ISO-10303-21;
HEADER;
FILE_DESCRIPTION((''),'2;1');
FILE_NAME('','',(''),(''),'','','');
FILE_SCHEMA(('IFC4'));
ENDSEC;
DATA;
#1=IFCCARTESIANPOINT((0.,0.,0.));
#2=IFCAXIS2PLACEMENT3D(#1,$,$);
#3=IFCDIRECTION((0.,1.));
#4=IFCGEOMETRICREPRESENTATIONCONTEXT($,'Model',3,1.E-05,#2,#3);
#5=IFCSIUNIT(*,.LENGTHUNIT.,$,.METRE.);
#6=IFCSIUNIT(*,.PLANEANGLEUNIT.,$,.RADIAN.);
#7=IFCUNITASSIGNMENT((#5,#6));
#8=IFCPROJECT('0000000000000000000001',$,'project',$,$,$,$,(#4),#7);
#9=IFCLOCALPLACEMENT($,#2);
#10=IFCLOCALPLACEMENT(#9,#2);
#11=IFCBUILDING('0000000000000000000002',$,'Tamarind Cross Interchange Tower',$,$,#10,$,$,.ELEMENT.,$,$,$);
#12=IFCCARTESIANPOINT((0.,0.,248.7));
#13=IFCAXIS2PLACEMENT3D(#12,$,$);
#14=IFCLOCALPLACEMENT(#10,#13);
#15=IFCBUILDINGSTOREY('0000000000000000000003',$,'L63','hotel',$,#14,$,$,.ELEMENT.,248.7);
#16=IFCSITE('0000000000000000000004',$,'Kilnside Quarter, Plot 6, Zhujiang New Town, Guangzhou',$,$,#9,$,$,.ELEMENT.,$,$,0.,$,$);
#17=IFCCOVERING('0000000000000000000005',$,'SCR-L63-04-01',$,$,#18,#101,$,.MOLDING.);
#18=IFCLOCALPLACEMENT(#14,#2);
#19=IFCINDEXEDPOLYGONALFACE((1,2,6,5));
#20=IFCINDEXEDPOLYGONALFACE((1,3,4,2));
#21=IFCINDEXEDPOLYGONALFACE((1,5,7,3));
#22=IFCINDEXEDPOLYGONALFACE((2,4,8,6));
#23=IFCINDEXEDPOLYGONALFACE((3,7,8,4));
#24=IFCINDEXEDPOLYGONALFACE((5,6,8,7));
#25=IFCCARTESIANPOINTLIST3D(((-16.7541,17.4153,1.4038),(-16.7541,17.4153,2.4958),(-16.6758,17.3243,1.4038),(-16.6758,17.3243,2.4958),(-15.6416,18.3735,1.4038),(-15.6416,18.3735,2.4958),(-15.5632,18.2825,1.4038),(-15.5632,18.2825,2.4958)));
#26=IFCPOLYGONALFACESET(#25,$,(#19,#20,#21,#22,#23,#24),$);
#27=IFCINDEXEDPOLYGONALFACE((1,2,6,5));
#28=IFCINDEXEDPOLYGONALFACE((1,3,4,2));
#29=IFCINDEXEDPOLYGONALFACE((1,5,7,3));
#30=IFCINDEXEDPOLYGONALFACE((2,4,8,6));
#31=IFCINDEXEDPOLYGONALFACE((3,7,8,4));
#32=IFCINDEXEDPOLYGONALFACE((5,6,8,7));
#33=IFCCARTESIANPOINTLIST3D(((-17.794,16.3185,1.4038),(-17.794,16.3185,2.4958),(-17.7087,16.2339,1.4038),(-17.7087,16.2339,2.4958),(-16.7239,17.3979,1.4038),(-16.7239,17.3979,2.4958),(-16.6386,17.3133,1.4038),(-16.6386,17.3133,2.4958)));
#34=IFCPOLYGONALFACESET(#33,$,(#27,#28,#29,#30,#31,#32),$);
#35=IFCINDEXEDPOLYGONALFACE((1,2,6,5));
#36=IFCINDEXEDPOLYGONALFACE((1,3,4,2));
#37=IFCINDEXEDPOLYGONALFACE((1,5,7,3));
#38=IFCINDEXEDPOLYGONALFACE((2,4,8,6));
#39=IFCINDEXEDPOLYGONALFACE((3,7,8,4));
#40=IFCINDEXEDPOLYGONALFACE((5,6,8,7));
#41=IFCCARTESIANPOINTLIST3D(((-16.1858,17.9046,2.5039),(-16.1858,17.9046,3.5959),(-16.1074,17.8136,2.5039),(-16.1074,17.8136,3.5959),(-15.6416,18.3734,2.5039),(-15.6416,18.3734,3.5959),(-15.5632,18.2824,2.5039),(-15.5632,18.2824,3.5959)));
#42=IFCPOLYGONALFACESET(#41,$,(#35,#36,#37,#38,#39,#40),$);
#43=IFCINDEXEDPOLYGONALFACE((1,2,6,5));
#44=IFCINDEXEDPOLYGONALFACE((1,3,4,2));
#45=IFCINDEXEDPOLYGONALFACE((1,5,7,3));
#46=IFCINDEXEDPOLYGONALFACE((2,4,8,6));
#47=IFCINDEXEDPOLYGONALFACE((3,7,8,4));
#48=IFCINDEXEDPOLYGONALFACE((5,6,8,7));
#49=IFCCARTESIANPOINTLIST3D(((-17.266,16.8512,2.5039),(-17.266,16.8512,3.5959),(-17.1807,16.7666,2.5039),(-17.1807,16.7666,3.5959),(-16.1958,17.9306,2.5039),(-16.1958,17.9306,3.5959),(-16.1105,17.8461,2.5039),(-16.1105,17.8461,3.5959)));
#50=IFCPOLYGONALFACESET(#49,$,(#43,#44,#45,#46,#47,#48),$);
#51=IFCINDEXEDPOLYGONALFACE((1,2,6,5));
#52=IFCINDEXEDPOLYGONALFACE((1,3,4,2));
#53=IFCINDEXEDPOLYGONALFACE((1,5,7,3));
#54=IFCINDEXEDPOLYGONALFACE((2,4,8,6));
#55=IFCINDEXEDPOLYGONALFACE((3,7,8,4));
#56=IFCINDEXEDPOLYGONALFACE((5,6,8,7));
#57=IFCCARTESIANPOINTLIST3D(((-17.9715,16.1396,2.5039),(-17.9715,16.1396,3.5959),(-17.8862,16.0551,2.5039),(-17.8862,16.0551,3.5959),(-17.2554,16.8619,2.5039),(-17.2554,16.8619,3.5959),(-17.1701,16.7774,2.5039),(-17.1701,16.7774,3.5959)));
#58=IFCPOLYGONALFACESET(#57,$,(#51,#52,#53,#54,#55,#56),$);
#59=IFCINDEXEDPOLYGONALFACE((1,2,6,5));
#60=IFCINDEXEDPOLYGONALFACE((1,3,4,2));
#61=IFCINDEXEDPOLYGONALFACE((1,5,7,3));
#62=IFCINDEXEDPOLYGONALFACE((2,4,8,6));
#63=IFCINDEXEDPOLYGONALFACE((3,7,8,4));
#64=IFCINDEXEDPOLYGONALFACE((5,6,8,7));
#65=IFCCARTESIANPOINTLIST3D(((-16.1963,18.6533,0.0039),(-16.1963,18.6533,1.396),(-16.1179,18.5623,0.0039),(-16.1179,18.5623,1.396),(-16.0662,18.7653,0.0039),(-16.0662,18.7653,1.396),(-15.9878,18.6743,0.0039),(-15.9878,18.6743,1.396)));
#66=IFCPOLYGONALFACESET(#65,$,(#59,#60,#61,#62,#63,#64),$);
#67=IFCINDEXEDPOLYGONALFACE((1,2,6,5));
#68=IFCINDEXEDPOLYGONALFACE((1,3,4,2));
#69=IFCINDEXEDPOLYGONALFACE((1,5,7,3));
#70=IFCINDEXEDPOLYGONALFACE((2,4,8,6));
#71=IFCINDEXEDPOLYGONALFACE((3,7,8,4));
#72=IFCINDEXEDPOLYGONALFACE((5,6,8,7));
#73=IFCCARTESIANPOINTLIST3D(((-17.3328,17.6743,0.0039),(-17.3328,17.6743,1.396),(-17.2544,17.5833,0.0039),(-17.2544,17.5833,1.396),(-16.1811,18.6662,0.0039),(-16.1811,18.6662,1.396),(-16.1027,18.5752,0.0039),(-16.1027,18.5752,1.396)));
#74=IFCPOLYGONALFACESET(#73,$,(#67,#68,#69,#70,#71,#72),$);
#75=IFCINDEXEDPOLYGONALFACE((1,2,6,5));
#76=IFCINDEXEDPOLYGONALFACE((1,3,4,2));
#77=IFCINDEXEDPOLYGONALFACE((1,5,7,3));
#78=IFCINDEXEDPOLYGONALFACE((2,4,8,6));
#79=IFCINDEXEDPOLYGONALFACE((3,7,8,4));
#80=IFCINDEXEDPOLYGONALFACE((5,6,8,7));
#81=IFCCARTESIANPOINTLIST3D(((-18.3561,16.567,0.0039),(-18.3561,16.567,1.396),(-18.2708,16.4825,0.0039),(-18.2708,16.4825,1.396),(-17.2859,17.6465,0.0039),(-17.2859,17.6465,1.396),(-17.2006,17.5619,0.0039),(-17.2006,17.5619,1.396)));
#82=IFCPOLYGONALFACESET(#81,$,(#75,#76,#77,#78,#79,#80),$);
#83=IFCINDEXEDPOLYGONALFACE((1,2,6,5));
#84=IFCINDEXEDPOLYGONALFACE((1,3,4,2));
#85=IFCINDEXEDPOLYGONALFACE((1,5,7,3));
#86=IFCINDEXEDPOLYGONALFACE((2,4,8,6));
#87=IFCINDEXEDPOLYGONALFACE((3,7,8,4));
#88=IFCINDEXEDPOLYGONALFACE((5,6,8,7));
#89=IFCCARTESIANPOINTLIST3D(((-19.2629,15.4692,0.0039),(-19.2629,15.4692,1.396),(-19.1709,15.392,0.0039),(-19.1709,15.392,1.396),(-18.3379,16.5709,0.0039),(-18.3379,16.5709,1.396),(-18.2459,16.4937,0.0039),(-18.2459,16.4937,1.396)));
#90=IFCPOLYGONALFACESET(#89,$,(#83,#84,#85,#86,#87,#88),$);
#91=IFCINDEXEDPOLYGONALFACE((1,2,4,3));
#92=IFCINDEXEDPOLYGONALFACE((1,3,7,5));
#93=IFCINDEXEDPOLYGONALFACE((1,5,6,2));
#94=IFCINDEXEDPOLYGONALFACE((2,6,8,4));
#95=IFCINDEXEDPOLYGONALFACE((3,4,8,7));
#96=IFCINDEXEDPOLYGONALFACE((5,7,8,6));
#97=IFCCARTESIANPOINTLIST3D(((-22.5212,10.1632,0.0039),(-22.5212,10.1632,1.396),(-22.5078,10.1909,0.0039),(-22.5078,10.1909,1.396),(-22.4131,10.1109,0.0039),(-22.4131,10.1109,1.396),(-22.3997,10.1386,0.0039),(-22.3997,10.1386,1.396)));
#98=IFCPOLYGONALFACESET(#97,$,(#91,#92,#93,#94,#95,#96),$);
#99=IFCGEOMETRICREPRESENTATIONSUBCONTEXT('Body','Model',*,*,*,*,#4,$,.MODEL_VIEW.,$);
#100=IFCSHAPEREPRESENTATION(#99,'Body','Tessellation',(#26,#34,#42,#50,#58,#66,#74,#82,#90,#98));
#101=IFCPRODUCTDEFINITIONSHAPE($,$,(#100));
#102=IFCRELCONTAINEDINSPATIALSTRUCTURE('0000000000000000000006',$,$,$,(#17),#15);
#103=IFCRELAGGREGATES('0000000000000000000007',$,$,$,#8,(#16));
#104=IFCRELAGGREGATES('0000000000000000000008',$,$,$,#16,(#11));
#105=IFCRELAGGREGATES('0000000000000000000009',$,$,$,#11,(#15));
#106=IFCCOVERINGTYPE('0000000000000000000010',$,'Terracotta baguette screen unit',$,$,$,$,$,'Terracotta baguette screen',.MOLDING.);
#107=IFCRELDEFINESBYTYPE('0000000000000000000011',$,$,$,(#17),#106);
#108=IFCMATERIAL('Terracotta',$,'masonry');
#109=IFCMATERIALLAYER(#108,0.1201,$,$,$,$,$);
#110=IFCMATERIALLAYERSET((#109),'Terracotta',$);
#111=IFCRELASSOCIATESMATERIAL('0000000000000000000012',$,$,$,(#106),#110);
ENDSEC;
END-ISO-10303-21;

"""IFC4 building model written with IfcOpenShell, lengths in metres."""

from ifc_helpers import new_model, si_unit, direction, frame, origin, origin_2d, place, context, subcontext, project, spatial, rectangle, extrude, material, layer, layer_set, type_object, element, save


model = new_model("IFC4")

# Units and contexts
model_context = context("Model", 3, precision=1e-05, world=origin(), true_north=direction((0.0, 1.0)))
body_context = subcontext(model_context, "Body", "Model", "MODEL_VIEW")
ifc_project = project(units=[si_unit("LENGTHUNIT", "METRE"), si_unit("PLANEANGLEUNIT", "RADIAN")], contexts=[model_context])

# Site, building, storey
site_placement = place(None, origin())
site = spatial("IfcSite", under=ifc_project, at=site_placement, Name="Kilnside Quarter, Plot 6, Zhujiang New Town, Guangzhou", CompositionType="ELEMENT", RefElevation=0.0)
building_placement = place(site_placement, origin())
building = spatial("IfcBuilding", under=site, at=building_placement, Name="Tamarind Cross Interchange Tower", CompositionType="ELEMENT")
storey_placement = place(building_placement, frame((0.0, 0.0, 248.7)))
storey = spatial("IfcBuildingStorey", under=building, at=storey_placement, Name="L63", Description="hotel", CompositionType="ELEMENT", Elevation=248.7)

# Covering
ifc_material_1 = material(Name="Terracotta", Category="masonry")
ifc_layer_1 = layer(ifc_material_1, 0.1201)
ifc_layer_set_1 = layer_set([ifc_layer_1], Name="Terracotta")
covering_type = type_object("IfcCoveringType", Name="Terracotta baguette screen unit", ElementType="Terracotta baguette screen", PredefinedType="MOLDING", material=ifc_layer_set_1)
covering_1_placement = place(storey_placement, origin())
element("IfcCovering", 1, at=covering_1_placement, inside=storey, type_object=covering_type, Name="SCR-L63-04-01", PredefinedType="MOLDING", context=body_context, shape_type="SweptSolid", body=[
    extrude(rectangle(XDim=1.4683, YDim=0.1201, at=origin_2d()), frame((-16.1587, 17.8489, 1.4038), z_axis=(0.0, 0.0, 1.0), x_axis=(-0.757713, -0.652588, 0.0)), (0.0, 0.0, 1.0), 1.092),
    extrude(rectangle(XDim=1.52, YDim=0.1201, at=origin_2d()), frame((-17.2163, 16.8159, 1.4038), z_axis=(0.0, 0.0, 1.0), x_axis=(-0.704057, -0.710143, 0.0)), (0.0, 0.0, 1.0), 1.092),
    extrude(rectangle(XDim=0.7183, YDim=0.1201, at=origin_2d()), frame((-15.8745, 18.0935, 2.5039), z_axis=(0.0, 0.0, 1.0), x_axis=(-0.757713, -0.652588, 0.0)), (0.0, 0.0, 1.0), 1.092),
    extrude(rectangle(XDim=1.52, YDim=0.1201, at=origin_2d()), frame((-16.6882, 17.3486, 2.5039), z_axis=(0.0, 0.0, 1.0), x_axis=(-0.704057, -0.710143, 0.0)), (0.0, 0.0, 1.0), 1.092),
    extrude(rectangle(XDim=1.0171, YDim=0.1201, at=origin_2d()), frame((-17.5708, 16.4585, 2.5039), z_axis=(0.0, 0.0, 1.0), x_axis=(-0.704057, -0.710143, 0.0)), (0.0, 0.0, 1.0), 1.092),
    extrude(rectangle(XDim=0.1716, YDim=0.1201, at=origin_2d()), frame((-16.092, 18.6638, 0.0039), z_axis=(0.0, 0.0, 1.0), x_axis=(-0.757713, -0.652588, 0.0)), (0.0, 0.0, 1.0), 1.3921),
    extrude(rectangle(XDim=1.52, YDim=0.1201, at=origin_2d()), frame((-16.7178, 18.1248, 0.0039), z_axis=(0.0, 0.0, 1.0), x_axis=(-0.757713, -0.652588, 0.0)), (0.0, 0.0, 1.0), 1.3921),
    extrude(rectangle(XDim=1.52, YDim=0.1201, at=origin_2d()), frame((-17.7783, 17.0645, 0.0039), z_axis=(0.0, 0.0, 1.0), x_axis=(-0.704057, -0.710143, 0.0)), (0.0, 0.0, 1.0), 1.3921),
    extrude(rectangle(XDim=1.4385, YDim=0.1201, at=origin_2d()), frame((-18.7544, 15.9814, 0.0039), z_axis=(0.0, 0.0, 1.0), x_axis=(-0.643009, -0.765858, 0.0)), (0.0, 0.0, 1.0), 1.3921),
    extrude(rectangle(XDim=0.0308, YDim=0.1201, at=origin_2d()), frame((-22.4604, 10.1509, 0.0039), z_axis=(0.0, 0.0, 1.0), x_axis=(-0.435326, -0.900273, 0.0)), (0.0, 0.0, 1.0), 1.3921),
])

save(model, "model.ifc")
